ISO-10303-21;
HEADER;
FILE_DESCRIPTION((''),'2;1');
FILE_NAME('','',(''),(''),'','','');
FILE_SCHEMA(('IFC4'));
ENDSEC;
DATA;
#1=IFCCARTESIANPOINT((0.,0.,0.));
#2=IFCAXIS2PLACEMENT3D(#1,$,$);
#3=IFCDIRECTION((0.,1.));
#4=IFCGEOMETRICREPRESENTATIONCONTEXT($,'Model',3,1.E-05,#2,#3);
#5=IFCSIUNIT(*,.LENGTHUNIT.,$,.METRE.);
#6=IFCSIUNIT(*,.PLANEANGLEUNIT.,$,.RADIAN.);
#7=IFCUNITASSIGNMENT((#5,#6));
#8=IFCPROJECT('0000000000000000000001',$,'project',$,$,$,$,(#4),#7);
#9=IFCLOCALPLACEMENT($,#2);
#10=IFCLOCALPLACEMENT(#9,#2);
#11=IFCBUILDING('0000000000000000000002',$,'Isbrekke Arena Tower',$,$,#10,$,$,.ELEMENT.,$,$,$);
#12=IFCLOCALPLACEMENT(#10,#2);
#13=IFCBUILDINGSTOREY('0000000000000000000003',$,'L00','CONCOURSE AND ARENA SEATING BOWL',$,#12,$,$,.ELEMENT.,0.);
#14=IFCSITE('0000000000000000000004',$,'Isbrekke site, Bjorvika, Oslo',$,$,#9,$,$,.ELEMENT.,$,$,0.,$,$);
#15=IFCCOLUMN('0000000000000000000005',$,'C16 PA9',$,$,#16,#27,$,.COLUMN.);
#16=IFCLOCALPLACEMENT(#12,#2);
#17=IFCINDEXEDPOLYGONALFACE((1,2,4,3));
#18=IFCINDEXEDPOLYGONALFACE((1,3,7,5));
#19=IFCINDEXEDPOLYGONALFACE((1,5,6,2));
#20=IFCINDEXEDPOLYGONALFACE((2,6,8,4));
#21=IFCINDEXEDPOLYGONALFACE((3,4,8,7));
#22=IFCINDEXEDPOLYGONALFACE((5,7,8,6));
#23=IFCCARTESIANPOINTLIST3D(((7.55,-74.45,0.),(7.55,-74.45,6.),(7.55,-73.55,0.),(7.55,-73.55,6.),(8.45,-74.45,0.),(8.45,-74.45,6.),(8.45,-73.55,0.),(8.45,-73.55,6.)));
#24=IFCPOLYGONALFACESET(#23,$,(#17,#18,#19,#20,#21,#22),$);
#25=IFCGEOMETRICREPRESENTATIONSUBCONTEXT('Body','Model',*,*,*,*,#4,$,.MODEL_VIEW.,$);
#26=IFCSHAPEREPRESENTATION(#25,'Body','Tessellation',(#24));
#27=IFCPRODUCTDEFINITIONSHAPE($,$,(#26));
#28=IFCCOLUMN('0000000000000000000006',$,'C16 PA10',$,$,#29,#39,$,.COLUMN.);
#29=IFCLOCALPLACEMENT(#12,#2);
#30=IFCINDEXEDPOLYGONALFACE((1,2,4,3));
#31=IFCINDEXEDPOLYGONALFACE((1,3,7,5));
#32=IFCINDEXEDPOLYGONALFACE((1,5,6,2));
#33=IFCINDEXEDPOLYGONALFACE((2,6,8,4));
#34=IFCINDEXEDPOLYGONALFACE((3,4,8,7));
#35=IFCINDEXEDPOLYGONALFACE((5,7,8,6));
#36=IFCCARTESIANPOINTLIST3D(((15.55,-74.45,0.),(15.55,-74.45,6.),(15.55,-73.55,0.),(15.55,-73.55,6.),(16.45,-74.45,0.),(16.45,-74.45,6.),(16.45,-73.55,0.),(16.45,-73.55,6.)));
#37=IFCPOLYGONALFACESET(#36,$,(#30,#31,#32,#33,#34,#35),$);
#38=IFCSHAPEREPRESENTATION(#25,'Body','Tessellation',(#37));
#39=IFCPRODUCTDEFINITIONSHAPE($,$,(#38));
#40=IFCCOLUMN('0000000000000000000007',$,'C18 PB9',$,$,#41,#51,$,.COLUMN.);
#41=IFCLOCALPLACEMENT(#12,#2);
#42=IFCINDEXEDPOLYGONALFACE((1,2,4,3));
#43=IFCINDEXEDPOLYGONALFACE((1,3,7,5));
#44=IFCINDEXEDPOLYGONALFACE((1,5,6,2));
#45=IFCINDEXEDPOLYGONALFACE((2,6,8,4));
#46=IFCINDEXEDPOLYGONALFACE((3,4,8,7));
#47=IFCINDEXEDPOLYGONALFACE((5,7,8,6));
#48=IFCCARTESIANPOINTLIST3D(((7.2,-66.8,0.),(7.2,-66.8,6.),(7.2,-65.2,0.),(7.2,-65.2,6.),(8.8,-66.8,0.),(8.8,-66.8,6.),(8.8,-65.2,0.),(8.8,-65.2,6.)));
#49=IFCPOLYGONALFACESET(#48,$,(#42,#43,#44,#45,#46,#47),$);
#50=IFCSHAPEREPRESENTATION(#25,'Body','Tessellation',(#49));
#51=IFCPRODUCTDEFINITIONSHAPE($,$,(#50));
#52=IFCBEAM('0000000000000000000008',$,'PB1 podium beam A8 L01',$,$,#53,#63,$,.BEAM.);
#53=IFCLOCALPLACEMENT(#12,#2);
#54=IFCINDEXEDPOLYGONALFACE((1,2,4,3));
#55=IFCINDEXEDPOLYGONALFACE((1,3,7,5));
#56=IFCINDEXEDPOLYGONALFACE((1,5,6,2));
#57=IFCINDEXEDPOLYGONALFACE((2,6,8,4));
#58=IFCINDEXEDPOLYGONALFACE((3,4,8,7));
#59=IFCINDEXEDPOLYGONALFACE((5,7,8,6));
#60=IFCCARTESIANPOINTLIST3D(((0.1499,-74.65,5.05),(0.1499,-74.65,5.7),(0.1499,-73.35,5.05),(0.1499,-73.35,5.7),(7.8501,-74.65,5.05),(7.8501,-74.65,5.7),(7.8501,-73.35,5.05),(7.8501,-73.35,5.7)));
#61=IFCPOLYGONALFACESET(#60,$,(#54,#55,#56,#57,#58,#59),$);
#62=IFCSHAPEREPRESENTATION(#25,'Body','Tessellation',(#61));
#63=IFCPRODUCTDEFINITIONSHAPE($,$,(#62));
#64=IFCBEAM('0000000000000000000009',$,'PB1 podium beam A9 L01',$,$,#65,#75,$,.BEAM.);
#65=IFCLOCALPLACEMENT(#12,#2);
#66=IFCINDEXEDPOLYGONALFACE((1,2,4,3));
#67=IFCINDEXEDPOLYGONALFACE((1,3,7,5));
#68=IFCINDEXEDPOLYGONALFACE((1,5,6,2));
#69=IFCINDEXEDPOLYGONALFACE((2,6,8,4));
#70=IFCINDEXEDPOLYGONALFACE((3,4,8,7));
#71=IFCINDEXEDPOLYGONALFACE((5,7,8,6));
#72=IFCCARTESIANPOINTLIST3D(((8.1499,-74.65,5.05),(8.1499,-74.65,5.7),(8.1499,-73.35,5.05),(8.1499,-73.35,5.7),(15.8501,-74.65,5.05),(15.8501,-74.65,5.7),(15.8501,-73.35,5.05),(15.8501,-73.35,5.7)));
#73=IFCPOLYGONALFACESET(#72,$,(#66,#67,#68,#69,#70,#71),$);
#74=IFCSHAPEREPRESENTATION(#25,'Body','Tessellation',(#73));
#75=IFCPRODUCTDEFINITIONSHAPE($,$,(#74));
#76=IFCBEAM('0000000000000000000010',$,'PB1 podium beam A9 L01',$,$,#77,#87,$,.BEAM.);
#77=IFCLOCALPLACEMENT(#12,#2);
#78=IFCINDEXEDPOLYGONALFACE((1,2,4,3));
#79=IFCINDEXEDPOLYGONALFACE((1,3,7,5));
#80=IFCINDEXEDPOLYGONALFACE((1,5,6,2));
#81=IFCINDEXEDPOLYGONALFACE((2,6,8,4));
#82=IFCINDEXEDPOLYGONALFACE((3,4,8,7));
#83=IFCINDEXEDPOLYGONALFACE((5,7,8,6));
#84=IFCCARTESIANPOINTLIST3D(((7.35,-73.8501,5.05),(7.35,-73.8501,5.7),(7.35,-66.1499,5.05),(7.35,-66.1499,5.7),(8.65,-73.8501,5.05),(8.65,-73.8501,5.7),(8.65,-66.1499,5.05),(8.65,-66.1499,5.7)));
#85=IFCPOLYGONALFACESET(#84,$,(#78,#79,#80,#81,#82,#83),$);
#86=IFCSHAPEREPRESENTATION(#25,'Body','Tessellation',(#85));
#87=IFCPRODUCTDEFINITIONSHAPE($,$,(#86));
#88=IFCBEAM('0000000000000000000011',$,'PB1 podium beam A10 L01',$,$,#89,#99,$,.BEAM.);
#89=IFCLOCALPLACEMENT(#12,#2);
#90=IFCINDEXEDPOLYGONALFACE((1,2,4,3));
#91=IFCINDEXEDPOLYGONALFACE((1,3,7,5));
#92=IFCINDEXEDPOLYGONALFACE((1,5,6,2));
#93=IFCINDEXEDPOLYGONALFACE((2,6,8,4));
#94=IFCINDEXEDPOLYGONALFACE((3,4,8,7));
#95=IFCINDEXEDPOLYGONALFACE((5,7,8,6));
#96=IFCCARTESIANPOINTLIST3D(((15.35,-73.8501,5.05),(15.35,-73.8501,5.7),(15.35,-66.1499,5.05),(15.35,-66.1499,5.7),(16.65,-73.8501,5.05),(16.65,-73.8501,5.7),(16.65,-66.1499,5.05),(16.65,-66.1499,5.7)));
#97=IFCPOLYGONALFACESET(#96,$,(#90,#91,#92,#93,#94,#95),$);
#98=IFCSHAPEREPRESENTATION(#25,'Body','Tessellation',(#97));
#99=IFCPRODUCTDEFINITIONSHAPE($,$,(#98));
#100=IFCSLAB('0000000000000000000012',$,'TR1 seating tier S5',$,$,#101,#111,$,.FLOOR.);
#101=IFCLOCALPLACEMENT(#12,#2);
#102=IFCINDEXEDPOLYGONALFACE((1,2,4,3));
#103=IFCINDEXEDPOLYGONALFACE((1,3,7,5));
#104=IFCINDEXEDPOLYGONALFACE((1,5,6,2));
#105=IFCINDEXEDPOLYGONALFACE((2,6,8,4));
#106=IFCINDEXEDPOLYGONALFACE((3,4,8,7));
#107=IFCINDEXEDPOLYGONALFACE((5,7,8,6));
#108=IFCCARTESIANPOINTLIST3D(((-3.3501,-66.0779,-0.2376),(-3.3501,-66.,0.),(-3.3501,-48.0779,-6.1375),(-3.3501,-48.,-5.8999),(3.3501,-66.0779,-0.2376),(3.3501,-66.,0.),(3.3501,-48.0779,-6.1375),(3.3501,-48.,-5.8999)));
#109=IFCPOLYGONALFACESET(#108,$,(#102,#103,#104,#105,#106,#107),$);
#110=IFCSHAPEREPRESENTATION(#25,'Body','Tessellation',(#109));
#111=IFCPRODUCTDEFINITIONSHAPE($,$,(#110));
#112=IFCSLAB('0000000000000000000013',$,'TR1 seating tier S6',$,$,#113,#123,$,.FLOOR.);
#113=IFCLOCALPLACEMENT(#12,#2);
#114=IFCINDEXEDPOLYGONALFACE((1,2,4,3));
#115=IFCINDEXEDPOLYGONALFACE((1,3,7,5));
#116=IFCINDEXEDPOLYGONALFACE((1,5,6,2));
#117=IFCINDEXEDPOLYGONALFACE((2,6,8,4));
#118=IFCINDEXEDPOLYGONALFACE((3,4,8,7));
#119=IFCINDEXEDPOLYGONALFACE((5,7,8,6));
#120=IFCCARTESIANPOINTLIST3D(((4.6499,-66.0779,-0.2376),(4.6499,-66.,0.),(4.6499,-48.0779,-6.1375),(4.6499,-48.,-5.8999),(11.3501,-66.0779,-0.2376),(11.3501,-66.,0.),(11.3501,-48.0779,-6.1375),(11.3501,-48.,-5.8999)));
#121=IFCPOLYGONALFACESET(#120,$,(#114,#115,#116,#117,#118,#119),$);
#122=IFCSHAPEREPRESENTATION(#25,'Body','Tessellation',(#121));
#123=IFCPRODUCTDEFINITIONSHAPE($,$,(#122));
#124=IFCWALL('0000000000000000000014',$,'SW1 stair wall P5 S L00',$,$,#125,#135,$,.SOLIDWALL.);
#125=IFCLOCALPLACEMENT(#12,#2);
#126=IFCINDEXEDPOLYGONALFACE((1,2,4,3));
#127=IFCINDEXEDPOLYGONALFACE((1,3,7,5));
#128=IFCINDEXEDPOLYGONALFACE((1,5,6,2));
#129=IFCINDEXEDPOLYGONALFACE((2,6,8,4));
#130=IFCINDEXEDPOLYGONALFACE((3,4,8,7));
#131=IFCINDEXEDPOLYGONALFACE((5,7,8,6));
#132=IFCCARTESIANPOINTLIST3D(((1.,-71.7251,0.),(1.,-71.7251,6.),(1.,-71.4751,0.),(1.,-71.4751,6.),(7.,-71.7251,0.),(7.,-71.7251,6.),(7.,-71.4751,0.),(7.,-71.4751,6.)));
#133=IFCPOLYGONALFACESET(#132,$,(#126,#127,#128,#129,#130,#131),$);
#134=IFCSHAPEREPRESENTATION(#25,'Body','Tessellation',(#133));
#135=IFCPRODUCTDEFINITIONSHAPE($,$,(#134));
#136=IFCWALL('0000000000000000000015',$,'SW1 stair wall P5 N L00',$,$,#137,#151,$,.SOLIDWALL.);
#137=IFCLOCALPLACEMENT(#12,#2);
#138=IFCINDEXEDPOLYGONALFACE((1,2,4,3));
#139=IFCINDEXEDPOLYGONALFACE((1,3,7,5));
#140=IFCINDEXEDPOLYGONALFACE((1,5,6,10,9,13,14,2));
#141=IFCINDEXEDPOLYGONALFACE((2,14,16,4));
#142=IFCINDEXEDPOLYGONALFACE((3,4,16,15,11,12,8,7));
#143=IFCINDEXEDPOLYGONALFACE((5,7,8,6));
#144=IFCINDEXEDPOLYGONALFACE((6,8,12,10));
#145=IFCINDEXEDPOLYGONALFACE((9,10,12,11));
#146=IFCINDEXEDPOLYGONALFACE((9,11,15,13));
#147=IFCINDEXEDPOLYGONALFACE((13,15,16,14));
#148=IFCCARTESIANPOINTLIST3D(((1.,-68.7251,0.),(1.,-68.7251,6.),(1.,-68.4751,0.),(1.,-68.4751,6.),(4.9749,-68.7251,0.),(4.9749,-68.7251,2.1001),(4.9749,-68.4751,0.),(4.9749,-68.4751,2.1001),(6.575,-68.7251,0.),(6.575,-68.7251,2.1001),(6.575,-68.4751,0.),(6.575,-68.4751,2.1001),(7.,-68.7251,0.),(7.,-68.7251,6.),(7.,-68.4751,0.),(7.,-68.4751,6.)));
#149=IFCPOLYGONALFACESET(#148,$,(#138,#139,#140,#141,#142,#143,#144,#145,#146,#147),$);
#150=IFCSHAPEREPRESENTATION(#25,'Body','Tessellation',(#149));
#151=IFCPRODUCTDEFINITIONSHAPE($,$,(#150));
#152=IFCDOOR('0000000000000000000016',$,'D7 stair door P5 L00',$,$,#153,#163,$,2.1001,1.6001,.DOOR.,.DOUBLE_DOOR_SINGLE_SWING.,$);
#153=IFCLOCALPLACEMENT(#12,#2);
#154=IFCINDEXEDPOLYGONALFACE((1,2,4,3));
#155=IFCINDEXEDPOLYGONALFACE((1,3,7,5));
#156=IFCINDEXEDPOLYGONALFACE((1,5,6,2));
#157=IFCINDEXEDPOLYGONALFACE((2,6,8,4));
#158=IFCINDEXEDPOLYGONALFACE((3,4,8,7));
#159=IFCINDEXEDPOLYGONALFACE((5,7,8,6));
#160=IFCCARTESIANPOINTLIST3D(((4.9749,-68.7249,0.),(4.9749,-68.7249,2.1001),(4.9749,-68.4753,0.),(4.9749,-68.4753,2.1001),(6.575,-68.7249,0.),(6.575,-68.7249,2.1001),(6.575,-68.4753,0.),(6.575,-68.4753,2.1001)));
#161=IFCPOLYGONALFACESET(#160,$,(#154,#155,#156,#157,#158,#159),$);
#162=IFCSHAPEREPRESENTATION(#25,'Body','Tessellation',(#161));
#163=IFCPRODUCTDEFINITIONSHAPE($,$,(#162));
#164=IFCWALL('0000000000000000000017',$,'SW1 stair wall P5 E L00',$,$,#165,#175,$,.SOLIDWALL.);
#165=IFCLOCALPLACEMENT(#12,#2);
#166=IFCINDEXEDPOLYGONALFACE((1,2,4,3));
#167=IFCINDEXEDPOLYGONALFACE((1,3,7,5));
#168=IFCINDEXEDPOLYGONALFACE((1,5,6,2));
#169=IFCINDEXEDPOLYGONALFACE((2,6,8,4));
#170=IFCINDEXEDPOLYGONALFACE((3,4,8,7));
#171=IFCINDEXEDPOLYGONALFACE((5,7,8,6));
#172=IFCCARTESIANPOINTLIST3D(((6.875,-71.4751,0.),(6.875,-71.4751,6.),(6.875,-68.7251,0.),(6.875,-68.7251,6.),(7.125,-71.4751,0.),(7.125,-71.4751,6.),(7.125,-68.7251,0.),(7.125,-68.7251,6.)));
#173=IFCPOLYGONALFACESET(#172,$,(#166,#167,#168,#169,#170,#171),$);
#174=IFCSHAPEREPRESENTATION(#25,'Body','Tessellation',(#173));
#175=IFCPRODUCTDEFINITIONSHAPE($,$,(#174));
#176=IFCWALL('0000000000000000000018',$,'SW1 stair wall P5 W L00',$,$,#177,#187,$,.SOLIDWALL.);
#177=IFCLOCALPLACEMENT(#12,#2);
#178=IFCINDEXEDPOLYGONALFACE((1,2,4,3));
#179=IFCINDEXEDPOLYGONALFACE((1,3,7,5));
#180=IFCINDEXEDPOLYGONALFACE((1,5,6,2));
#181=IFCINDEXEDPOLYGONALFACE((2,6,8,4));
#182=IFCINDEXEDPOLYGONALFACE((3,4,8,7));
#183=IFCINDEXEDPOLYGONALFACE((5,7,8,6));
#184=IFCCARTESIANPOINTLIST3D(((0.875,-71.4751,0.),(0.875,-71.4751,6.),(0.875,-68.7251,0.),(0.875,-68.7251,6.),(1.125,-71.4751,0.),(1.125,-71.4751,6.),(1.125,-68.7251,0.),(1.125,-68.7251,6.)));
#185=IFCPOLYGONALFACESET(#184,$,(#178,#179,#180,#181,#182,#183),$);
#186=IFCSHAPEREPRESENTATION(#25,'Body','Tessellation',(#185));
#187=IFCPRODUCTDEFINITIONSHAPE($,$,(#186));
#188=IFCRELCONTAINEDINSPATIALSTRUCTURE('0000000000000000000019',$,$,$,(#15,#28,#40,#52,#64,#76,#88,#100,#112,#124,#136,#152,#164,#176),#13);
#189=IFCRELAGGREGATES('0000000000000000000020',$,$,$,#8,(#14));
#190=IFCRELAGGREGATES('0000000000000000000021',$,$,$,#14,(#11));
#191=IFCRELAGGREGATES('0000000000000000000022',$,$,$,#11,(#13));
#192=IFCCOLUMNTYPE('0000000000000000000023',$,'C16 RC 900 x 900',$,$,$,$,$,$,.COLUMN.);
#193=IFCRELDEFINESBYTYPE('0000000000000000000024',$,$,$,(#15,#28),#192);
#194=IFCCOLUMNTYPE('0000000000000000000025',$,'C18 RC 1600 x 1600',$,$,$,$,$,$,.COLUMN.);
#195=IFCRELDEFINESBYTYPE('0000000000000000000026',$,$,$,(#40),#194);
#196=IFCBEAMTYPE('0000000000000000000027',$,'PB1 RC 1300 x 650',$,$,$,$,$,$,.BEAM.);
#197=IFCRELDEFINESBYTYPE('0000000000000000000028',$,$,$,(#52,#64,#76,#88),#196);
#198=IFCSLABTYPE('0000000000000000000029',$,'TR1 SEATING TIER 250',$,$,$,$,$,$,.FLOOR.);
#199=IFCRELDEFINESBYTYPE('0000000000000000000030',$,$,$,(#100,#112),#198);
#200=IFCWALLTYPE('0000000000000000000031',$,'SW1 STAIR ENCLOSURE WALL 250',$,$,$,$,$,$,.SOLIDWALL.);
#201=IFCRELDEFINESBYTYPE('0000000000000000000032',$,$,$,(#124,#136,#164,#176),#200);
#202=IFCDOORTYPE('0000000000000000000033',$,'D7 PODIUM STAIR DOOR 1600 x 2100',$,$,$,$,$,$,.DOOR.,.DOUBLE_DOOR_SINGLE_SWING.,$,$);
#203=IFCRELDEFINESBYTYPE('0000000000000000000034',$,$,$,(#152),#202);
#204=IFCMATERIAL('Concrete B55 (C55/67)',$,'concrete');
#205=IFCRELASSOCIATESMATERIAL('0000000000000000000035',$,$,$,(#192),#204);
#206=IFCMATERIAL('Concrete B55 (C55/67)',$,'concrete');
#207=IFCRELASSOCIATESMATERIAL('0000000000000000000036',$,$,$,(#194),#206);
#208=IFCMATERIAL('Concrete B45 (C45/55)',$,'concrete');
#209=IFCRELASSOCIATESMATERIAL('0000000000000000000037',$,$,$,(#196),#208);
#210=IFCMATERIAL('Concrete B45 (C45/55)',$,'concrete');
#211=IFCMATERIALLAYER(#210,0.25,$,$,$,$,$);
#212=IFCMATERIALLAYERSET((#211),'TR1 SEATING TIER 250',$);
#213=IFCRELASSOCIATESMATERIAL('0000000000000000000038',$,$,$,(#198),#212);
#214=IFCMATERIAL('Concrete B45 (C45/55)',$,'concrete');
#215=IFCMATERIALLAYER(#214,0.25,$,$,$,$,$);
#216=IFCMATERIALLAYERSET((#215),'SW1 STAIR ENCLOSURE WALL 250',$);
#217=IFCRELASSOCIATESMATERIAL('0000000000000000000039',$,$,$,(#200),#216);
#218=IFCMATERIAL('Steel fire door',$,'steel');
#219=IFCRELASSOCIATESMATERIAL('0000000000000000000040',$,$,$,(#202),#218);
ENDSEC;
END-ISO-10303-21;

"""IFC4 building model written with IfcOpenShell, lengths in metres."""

from ifc_helpers import new_model, si_unit, direction, frame, frame_2d, origin, origin_2d, place, context, subcontext, project, spatial, polyline, rectangle, outline, extrude, material, layer, layer_set, material_profile, profile_set, type_object, element, fill, save


model = new_model("IFC4")

# Units and contexts
model_context = context("Model", 3, precision=1e-05, world=origin(), true_north=direction((0.0, 1.0)))
body_context = subcontext(model_context, "Body", "Model", "MODEL_VIEW")
ifc_project = project(units=[si_unit("LENGTHUNIT", "METRE"), si_unit("PLANEANGLEUNIT", "RADIAN")], contexts=[model_context])

# Site, building, storey
site_placement = place(None, origin())
site = spatial("IfcSite", under=ifc_project, at=site_placement, Name="Isbrekke site, Bjorvika, Oslo", CompositionType="ELEMENT", RefElevation=0.0)
building_placement = place(site_placement, origin())
building = spatial("IfcBuilding", under=site, at=building_placement, Name="Isbrekke Arena Tower", CompositionType="ELEMENT")
storey_placement = place(building_placement, origin())
storey = spatial("IfcBuildingStorey", under=building, at=storey_placement, Name="L00", Description="CONCOURSE AND ARENA SEATING BOWL", CompositionType="ELEMENT", Elevation=0.0)

# Columns
ifc_material_1 = material(Name="Concrete B55 (C55/67)", Category="concrete")
ifc_material_profile_1 = material_profile(ifc_material_1, rectangle(XDim=0.8999, YDim=0.8999, at=origin_2d()), Name="RC 900x900")
ifc_profile_set_1 = profile_set([ifc_material_profile_1], Name="Concrete B55 (C55/67)")
column_type_1 = type_object("IfcColumnType", Name="C16 RC 900 x 900", PredefinedType="COLUMN", material=ifc_profile_set_1)
for number, where, z_axis, x_axis, name in (
    (1, (8.0, -74.0, 0.0), (0.0, 0.0, 1.0), (1.0, 0.0, 0.0), "C16 PA9"),
    (2, (16.0, -74.0, 0.0), (0.0, 0.0, 1.0), (1.0, 0.0, 0.0), "C16 PA10"),
):
    element("IfcColumn", number, at=place(storey_placement, frame(where, z_axis=z_axis, x_axis=x_axis)), inside=storey, type_object=column_type_1, Name=name, PredefinedType="COLUMN", context=body_context, shape_type="SweptSolid", body=[
        extrude(rectangle(XDim=0.8999, YDim=0.8999, at=origin_2d()), origin(), (0.0, 0.0, 1.0), 6.0),
    ])
ifc_material_2 = material(Name="Concrete B55 (C55/67)", Category="concrete")
ifc_material_profile_2 = material_profile(ifc_material_2, rectangle(XDim=1.6001, YDim=1.6001, at=origin_2d()), Name="RC 1600x1600")
ifc_profile_set_2 = profile_set([ifc_material_profile_2], Name="Concrete B55 (C55/67)")
column_type_2 = type_object("IfcColumnType", Name="C18 RC 1600 x 1600", PredefinedType="COLUMN", material=ifc_profile_set_2)
column_placement = place(storey_placement, frame((8.0, -66.0, 0.0), z_axis=(0.0, 0.0, 1.0), x_axis=(1.0, 0.0, 0.0)))
element("IfcColumn", 3, at=column_placement, inside=storey, type_object=column_type_2, Name="C18 PB9", PredefinedType="COLUMN", context=body_context, shape_type="SweptSolid", body=[
    extrude(rectangle(XDim=1.6001, YDim=1.6001, at=origin_2d()), origin(), (0.0, 0.0, 1.0), 6.0),
])

# Beams
ifc_material_3 = material(Name="Concrete B45 (C45/55)", Category="concrete")
ifc_material_profile_3 = material_profile(ifc_material_3, rectangle(XDim=1.3, YDim=0.6499, at=origin_2d()), Name="RC 1300x650")
ifc_profile_set_3 = profile_set([ifc_material_profile_3], Name="Concrete B45 (C45/55)")
beam_type = type_object("IfcBeamType", Name="PB1 RC 1300 x 650", PredefinedType="BEAM", material=ifc_profile_set_3)
for number, where, z_axis, x_axis, name in (
    (4, (0.1499, -74.0, 5.375), (1.0, 0.0, 0.0), (0.0, 1.0, 0.0), "PB1 podium beam A8 L01"),
    (5, (8.1499, -74.0, 5.375), (1.0, 0.0, 0.0), (0.0, 1.0, 0.0), "PB1 podium beam A9 L01"),
    (6, (8.0, -73.8501, 5.375), (0.0, 1.0, 0.0), (-1.0, 0.0, 0.0), "PB1 podium beam A9 L01"),
    (7, (16.0, -73.8501, 5.375), (0.0, 1.0, 0.0), (-1.0, 0.0, 0.0), "PB1 podium beam A10 L01"),
):
    element("IfcBeam", number, at=place(storey_placement, frame(where, z_axis=z_axis, x_axis=x_axis)), inside=storey, type_object=beam_type, Name=name, PredefinedType="BEAM", context=body_context, shape_type="SweptSolid", body=[
        extrude(rectangle(XDim=1.3, YDim=0.6499, at=origin_2d()), origin(), (0.0, 0.0, 1.0), 7.7002),
    ])

# Slabs
ifc_material_4 = material(Name="Concrete B45 (C45/55)", Category="concrete")
ifc_layer_1 = layer(ifc_material_4, 0.25)
ifc_layer_set_1 = layer_set([ifc_layer_1], Name="TR1 SEATING TIER 250")
slab_type = type_object("IfcSlabType", Name="TR1 SEATING TIER 250", PredefinedType="FLOOR", material=ifc_layer_set_1)
for number, where, z_axis, x_axis, name in (
    (8, (3.3501, -48.0, -5.8999), (0.0, 0.311468, 0.950257), (0.0, -0.950257, 0.311468), "TR1 seating tier S5"),
    (9, (11.3501, -48.0, -5.8999), (0.0, 0.311468, 0.950257), (0.0, -0.950257, 0.311468), "TR1 seating tier S6"),
):
    element("IfcSlab", number, at=place(storey_placement, frame(where, z_axis=z_axis, x_axis=x_axis)), inside=storey, type_object=slab_type, Name=name, PredefinedType="FLOOR", context=body_context, shape_type="SweptSolid", body=[
        extrude(outline(polyline([(0.0, 0.0), (18.9423, 0.0), (18.9423, -6.7002), (0.0, -6.7002), (0.0, 0.0)])), origin(), (0.0, 0.0, -1.0), 0.25),
    ])

# Wall
ifc_material_5 = material(Name="Concrete B45 (C45/55)", Category="concrete")
ifc_layer_2 = layer(ifc_material_5, 0.25)
ifc_layer_set_2 = layer_set([ifc_layer_2], Name="SW1 STAIR ENCLOSURE WALL 250")
wall_type = type_object("IfcWallType", Name="SW1 STAIR ENCLOSURE WALL 250", PredefinedType="SOLIDWALL", material=ifc_layer_set_2)
wall_1_placement = place(storey_placement, frame((1.0, -71.6001, 0.0), z_axis=(0.0, 0.0, 1.0), x_axis=(1.0, 0.0, 0.0)))
element("IfcWall", 10, at=wall_1_placement, inside=storey, type_object=wall_type, Name="SW1 stair wall P5 S L00", PredefinedType="SOLIDWALL", context=body_context, shape_type="SweptSolid", body=[
    extrude(rectangle(XDim=6.0, YDim=0.25, at=frame_2d((3.0, 0.0))), origin(), (0.0, 0.0, 1.0), 6.0),
])

# Wall, opening, door
wall_2_placement = place(storey_placement, frame((7.0, -68.6001, 0.0), z_axis=(0.0, 0.0, 1.0), x_axis=(-1.0, 0.0, 0.0)))
wall_2 = element("IfcWall", 11, at=wall_2_placement, inside=storey, type_object=wall_type, Name="SW1 stair wall P5 N L00", PredefinedType="SOLIDWALL", context=body_context, shape_type="SweptSolid", body=[
    extrude(rectangle(XDim=6.0, YDim=0.25, at=frame_2d((3.0, 0.0))), origin(), (0.0, 0.0, 1.0), 6.0),
])
opening_placement = place(wall_2_placement, frame((0.425, 0.0, 0.0)))
opening = element("IfcOpeningElement", 12, at=opening_placement, cuts=wall_2, PredefinedType="OPENING", context=body_context, shape_type="SweptSolid", body=[
    extrude(rectangle(XDim=1.6001, YDim=2.1001, at=frame_2d((0.8, 1.05))), frame((0.0, 0.1399, 0.0), z_axis=(0.0, -1.0, 0.0), x_axis=(1.0, 0.0, 0.0)), (0.0, 0.0, 1.0), 0.2798),
])
ifc_material_6 = material(Name="Steel fire door", Category="steel")
door_type = type_object("IfcDoorType", Name="D7 PODIUM STAIR DOOR 1600 x 2100", OperationType="DOUBLE_DOOR_SINGLE_SWING", PredefinedType="DOOR", material=ifc_material_6)
door_placement = place(opening_placement, origin())
door = element("IfcDoor", 13, at=door_placement, inside=storey, type_object=door_type, Name="D7 stair door P5 L00", OperationType="DOUBLE_DOOR_SINGLE_SWING", OverallHeight=2.1001, OverallWidth=1.6001, PredefinedType="DOOR", context=body_context, shape_type="SweptSolid", body=[
    extrude(rectangle(XDim=1.6001, YDim=2.1001, at=frame_2d((0.8, 1.05))), frame((0.0, 0.1248, 0.0), z_axis=(0.0, -1.0, 0.0), x_axis=(1.0, 0.0, 0.0)), (0.0, 0.0, 1.0), 0.2495),
])
fill(opening, door)

# Walls
for number, where, z_axis, x_axis, name in (
    (14, (7.0, -71.4751, 0.0), (0.0, 0.0, 1.0), (0.0, 1.0, 0.0), "SW1 stair wall P5 E L00"),
    (15, (1.0, -68.7251, 0.0), (0.0, 0.0, 1.0), (0.0, -1.0, 0.0), "SW1 stair wall P5 W L00"),
):
    element("IfcWall", number, at=place(storey_placement, frame(where, z_axis=z_axis, x_axis=x_axis)), inside=storey, type_object=wall_type, Name=name, PredefinedType="SOLIDWALL", context=body_context, shape_type="SweptSolid", body=[
        extrude(rectangle(XDim=2.75, YDim=0.25, at=frame_2d((1.375, 0.0))), origin(), (0.0, 0.0, 1.0), 6.0),
    ])

save(model, "model.ifc")
